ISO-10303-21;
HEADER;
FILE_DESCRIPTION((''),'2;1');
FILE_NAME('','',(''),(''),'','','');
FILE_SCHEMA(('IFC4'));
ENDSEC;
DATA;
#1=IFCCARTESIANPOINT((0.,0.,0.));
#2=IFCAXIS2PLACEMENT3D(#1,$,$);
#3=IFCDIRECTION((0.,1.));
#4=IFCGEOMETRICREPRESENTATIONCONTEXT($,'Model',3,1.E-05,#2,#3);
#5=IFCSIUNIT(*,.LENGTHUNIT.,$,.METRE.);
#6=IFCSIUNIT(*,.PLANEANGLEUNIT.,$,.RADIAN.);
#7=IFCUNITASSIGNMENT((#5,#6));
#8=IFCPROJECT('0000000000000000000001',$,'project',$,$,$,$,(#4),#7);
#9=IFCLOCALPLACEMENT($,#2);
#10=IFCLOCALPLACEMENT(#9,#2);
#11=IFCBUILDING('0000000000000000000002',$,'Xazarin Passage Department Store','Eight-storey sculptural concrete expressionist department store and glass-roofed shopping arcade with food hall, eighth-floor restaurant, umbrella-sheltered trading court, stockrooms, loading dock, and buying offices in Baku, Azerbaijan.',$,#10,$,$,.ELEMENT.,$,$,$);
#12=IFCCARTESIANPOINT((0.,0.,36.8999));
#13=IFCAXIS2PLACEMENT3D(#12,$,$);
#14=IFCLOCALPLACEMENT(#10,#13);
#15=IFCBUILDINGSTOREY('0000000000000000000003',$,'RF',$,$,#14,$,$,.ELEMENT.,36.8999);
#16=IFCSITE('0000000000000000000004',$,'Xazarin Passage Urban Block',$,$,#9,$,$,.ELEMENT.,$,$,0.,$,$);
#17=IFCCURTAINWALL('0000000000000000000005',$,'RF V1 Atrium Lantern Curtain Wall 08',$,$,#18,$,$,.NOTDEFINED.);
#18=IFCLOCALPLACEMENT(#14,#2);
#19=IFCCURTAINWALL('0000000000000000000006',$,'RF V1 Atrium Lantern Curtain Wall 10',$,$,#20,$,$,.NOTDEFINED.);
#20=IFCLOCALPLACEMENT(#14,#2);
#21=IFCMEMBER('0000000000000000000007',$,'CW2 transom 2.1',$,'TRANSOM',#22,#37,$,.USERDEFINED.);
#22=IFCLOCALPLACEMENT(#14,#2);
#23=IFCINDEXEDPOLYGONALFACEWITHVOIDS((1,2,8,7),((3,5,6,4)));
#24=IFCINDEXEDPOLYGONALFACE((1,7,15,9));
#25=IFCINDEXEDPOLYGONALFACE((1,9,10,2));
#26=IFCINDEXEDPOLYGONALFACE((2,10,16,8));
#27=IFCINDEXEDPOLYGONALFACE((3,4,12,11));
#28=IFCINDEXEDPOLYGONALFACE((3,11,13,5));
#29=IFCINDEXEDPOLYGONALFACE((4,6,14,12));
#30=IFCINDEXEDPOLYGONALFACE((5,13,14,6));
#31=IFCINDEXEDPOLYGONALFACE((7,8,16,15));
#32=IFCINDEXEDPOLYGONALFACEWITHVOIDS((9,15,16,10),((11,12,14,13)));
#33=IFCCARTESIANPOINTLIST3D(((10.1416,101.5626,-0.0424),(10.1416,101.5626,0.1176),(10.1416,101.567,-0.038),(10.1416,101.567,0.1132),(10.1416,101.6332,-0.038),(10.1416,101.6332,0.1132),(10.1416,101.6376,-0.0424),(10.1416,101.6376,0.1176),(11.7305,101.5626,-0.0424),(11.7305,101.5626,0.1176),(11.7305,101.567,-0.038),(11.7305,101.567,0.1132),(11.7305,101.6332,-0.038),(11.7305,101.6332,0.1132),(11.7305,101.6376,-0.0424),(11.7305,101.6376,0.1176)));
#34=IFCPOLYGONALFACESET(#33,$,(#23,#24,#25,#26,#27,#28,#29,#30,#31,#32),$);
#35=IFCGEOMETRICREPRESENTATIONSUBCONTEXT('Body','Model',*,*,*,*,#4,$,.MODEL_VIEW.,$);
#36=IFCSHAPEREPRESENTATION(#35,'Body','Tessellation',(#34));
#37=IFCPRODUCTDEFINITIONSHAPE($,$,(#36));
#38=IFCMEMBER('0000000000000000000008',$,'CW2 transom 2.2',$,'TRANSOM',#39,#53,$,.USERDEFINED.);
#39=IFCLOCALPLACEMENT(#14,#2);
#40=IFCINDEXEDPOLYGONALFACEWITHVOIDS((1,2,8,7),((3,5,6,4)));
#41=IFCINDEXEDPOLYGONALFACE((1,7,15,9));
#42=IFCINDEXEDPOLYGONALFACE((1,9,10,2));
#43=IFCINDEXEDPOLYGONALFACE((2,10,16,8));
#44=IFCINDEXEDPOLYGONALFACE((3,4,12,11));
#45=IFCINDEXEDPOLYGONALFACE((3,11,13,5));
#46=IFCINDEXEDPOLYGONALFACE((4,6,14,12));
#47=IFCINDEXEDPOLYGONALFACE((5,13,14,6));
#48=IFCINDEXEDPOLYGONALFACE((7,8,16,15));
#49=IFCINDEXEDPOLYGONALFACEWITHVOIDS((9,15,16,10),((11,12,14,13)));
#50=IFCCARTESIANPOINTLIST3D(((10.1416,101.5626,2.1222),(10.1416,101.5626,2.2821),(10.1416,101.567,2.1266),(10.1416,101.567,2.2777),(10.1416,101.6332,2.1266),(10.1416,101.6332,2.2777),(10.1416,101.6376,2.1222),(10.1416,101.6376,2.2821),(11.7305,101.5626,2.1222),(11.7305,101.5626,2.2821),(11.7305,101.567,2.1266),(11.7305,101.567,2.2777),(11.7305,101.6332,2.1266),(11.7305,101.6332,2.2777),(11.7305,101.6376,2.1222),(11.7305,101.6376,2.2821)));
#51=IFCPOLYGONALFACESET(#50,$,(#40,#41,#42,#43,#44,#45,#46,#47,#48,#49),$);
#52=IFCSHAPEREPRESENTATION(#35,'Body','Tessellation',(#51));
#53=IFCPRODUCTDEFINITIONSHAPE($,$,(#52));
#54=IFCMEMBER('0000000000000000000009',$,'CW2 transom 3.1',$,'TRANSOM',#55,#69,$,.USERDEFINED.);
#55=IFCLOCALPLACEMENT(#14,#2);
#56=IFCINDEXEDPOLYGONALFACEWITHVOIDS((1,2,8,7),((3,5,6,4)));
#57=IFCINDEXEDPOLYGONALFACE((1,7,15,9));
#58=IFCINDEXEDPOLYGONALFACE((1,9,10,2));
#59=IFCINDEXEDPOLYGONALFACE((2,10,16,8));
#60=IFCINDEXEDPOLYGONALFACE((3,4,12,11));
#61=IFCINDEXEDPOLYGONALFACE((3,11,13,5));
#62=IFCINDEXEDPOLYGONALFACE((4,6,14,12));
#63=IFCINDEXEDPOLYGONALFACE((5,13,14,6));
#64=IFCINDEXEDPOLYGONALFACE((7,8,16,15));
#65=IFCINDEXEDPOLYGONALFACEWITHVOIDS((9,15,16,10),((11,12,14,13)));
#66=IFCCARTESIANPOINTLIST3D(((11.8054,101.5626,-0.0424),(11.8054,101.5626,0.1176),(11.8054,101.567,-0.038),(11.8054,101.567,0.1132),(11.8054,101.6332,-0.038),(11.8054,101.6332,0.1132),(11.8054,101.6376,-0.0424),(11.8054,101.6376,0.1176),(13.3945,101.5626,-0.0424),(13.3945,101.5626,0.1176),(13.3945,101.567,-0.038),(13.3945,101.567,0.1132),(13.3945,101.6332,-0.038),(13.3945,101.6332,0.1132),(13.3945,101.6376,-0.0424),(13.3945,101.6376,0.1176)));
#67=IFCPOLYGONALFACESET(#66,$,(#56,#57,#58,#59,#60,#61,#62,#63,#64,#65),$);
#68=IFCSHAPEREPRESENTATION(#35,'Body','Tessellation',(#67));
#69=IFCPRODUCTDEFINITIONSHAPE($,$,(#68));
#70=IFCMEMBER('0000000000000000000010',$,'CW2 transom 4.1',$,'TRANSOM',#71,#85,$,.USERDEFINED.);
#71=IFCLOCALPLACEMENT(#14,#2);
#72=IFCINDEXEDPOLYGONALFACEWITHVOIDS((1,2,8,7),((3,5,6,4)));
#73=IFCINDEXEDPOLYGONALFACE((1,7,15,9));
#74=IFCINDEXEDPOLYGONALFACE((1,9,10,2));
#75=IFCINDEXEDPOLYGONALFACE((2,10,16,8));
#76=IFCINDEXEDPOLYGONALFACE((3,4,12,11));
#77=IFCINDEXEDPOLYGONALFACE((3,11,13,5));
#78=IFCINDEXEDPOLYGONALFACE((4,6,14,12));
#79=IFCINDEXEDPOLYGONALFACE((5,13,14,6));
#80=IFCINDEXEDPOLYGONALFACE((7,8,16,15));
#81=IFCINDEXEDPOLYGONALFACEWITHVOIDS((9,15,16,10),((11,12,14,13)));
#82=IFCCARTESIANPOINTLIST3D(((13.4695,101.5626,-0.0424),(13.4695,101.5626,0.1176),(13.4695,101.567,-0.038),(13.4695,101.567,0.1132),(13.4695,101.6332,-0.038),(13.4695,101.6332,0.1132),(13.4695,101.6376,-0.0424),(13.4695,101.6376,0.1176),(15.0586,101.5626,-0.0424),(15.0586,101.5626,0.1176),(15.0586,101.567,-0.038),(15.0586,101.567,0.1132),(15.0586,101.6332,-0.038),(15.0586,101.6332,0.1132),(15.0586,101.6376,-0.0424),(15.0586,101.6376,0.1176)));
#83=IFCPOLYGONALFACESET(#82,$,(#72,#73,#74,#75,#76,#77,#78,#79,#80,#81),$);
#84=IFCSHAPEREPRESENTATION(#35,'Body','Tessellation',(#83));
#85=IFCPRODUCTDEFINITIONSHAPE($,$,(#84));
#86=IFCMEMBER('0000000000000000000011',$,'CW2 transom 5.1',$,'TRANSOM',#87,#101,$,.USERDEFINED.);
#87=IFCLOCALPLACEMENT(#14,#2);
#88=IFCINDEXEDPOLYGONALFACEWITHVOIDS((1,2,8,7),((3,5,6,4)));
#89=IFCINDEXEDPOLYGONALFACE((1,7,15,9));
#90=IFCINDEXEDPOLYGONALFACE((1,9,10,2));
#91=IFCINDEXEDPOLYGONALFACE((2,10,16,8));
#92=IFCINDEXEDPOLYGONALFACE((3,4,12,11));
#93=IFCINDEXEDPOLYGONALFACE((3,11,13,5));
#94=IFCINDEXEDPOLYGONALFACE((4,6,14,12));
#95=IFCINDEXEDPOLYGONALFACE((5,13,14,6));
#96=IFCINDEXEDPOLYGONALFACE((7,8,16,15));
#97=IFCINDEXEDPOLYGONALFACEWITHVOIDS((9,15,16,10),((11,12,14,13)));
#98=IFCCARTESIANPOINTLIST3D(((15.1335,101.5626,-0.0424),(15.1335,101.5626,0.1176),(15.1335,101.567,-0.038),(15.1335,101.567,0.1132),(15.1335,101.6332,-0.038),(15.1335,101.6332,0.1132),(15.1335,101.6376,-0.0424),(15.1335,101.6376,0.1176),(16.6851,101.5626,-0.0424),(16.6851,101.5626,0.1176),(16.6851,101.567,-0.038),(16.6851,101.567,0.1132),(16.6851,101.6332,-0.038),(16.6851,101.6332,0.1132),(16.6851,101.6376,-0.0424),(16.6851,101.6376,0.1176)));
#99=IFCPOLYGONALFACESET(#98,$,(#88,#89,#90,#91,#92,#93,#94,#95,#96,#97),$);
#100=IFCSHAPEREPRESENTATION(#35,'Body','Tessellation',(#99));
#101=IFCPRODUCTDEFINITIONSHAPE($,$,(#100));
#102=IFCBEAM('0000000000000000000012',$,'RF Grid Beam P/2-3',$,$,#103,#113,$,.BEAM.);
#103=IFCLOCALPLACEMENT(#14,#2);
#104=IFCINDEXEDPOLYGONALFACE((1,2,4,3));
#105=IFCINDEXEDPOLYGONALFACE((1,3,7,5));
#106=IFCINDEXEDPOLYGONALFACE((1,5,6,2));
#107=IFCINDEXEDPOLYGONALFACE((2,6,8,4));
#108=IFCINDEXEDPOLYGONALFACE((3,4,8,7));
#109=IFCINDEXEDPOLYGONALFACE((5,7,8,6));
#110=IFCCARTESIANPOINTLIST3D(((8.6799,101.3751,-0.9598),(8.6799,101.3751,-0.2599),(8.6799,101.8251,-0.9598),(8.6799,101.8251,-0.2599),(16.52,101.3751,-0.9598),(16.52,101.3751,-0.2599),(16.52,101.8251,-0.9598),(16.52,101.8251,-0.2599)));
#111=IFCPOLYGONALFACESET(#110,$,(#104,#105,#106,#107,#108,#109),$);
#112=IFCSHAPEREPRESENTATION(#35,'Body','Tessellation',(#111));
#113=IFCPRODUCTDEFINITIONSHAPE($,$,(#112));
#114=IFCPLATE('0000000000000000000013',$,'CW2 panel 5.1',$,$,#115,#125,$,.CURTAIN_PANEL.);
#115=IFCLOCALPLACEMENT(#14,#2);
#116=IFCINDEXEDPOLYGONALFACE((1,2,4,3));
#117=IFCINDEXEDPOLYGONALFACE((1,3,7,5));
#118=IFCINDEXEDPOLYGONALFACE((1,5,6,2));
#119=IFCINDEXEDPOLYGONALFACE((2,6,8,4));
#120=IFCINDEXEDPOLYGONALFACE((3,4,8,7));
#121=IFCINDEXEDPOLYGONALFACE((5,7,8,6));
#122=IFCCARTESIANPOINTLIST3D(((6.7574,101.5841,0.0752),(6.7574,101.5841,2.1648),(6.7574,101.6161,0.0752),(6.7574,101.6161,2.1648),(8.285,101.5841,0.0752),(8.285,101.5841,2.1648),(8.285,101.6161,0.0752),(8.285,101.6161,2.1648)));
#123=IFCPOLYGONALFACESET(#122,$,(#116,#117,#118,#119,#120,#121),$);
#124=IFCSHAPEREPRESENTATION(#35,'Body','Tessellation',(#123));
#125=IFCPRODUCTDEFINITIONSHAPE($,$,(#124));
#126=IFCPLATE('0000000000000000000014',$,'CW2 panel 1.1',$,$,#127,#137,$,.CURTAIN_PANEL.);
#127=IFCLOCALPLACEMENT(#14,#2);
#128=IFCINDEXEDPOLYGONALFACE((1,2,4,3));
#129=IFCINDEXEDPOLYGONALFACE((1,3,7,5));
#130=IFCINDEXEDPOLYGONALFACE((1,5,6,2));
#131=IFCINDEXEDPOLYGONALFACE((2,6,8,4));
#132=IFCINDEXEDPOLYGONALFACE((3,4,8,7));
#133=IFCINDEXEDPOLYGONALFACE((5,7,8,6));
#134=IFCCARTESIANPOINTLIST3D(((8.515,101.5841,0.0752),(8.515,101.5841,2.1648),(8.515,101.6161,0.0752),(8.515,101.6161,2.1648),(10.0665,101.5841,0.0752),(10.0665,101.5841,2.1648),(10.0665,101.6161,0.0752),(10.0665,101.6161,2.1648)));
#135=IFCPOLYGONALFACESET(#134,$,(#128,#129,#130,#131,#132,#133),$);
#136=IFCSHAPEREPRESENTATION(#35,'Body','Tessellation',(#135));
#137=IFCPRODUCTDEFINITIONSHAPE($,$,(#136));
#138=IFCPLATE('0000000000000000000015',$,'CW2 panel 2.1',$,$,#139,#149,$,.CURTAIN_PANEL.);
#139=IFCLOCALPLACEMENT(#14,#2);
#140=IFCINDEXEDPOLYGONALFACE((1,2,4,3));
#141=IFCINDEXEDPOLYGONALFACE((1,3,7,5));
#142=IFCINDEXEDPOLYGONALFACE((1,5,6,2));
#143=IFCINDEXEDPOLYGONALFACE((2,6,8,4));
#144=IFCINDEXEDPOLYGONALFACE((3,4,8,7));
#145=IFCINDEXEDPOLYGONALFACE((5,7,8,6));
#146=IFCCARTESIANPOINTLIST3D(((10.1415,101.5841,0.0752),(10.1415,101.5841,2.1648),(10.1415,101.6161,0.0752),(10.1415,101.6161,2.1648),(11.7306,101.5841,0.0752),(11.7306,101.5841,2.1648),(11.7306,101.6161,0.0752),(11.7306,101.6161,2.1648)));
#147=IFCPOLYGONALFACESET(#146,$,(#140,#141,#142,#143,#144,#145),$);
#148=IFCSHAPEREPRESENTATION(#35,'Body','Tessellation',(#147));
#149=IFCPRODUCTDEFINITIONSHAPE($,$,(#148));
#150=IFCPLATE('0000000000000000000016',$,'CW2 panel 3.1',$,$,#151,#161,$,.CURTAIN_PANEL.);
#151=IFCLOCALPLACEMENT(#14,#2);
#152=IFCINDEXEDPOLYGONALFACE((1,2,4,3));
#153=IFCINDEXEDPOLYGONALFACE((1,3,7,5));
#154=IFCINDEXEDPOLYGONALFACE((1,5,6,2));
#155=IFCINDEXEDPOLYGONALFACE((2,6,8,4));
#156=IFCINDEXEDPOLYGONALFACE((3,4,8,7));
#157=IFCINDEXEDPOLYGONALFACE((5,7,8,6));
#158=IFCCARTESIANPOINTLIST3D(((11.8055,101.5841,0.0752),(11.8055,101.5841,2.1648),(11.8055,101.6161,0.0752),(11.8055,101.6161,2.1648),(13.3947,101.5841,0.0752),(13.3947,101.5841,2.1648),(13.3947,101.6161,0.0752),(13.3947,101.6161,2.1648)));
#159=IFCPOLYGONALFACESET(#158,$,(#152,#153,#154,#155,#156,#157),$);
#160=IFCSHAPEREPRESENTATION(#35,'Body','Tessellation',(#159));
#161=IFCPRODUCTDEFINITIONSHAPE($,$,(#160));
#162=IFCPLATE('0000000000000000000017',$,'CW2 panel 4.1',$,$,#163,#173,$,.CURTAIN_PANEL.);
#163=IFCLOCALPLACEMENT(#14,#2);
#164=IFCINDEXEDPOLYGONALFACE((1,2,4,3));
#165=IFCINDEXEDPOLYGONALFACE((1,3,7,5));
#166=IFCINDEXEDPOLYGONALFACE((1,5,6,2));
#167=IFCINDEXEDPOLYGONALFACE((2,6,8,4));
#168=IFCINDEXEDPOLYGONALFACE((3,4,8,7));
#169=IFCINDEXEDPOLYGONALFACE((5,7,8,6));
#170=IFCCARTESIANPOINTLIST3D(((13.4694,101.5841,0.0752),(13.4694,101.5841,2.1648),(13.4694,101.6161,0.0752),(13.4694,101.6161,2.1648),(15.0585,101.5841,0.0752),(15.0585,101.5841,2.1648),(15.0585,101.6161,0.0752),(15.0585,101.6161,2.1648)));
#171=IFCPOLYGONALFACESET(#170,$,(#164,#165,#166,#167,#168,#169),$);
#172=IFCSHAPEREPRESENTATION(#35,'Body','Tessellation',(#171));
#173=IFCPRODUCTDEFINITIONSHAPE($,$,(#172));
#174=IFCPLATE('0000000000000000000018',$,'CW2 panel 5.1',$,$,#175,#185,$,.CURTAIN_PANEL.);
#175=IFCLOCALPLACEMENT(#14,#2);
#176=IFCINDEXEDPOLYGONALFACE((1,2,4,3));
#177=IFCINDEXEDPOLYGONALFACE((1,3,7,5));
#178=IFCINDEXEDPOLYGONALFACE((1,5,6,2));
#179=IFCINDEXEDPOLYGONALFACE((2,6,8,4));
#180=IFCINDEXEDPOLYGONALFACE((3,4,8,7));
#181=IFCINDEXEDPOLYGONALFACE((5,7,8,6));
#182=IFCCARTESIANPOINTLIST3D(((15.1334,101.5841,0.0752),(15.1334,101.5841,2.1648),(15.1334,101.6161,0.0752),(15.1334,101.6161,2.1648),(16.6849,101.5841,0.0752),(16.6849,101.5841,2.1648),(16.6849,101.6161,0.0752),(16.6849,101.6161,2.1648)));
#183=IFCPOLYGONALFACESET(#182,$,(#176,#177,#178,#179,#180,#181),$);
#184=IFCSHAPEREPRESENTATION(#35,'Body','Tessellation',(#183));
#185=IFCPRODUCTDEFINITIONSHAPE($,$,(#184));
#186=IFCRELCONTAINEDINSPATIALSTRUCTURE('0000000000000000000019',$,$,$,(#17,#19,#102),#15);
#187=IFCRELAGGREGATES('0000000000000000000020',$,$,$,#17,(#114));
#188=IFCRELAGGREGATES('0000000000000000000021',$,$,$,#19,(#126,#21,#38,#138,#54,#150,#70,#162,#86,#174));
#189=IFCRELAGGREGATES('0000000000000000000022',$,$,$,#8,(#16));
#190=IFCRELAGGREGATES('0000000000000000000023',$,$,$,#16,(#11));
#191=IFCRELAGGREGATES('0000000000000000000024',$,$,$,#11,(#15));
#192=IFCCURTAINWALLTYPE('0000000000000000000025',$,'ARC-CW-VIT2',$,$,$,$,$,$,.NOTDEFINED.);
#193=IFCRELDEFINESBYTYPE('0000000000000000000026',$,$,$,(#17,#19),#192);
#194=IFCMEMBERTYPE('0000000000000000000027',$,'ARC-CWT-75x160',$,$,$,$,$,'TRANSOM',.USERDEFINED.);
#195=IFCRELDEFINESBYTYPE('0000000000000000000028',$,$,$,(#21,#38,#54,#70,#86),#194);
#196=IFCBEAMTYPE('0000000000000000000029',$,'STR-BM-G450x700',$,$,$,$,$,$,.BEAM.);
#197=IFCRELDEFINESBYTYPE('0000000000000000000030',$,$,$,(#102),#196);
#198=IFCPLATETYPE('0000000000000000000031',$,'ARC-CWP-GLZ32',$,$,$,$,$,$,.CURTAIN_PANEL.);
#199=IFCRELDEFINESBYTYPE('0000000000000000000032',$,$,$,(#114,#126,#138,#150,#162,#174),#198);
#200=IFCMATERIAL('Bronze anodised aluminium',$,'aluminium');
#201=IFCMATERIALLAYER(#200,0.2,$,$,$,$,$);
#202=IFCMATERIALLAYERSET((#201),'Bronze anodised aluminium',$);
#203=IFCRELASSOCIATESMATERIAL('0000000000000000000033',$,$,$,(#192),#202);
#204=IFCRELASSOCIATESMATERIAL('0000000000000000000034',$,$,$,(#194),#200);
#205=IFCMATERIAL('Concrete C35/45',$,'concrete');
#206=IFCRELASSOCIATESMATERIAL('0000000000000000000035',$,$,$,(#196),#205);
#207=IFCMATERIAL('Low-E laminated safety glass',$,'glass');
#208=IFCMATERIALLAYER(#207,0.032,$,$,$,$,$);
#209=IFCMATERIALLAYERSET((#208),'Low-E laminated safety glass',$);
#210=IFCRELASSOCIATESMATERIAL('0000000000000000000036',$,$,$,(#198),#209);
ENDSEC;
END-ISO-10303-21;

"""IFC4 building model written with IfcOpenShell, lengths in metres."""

from ifc_helpers import new_model, si_unit, direction, frame, origin, origin_2d, place, context, subcontext, project, spatial, rectangle, hollow_rectangle, extrude, material, layer, layer_set, material_profile, profile_set, type_object, element, aggregate, save


model = new_model("IFC4")

# Units and contexts
model_context = context("Model", 3, precision=1e-05, world=origin(), true_north=direction((0.0, 1.0)))
body_context = subcontext(model_context, "Body", "Model", "MODEL_VIEW")
ifc_project = project(units=[si_unit("LENGTHUNIT", "METRE"), si_unit("PLANEANGLEUNIT", "RADIAN")], contexts=[model_context])

# Site, building, storey
site_placement = place(None, origin())
site = spatial("IfcSite", under=ifc_project, at=site_placement, Name="Xazarin Passage Urban Block", CompositionType="ELEMENT", RefElevation=0.0)
building_placement = place(site_placement, origin())
building = spatial("IfcBuilding", under=site, at=building_placement, Name="Xazarin Passage Department Store", Description="Eight-storey sculptural concrete expressionist department store and glass-roofed shopping arcade with food hall, eighth-floor restaurant, umbrella-sheltered trading court, stockrooms, loading dock, and buying offices in Baku, Azerbaijan.", CompositionType="ELEMENT")
storey_placement = place(building_placement, frame((0.0, 0.0, 36.8999)))
storey = spatial("IfcBuildingStorey", under=building, at=storey_placement, Name="RF", CompositionType="ELEMENT", Elevation=36.8999)

# Curtain walls
ifc_material_1 = material(Name="Bronze anodised aluminium", Category="aluminium")
ifc_layer_1 = layer(ifc_material_1, 0.2)
ifc_layer_set_1 = layer_set([ifc_layer_1], Name="Bronze anodised aluminium")
curtain_wall_type = type_object("IfcCurtainWallType", Name="ARC-CW-VIT2", PredefinedType="NOTDEFINED", material=ifc_layer_set_1)
curtain_wall_1_placement = place(storey_placement, origin())
curtain_wall_1 = element("IfcCurtainWall", 1, at=curtain_wall_1_placement, inside=storey, type_object=curtain_wall_type, Name="RF V1 Atrium Lantern Curtain Wall 08", PredefinedType="NOTDEFINED")
curtain_wall_2_placement = place(storey_placement, origin())
curtain_wall_2 = element("IfcCurtainWall", 2, at=curtain_wall_2_placement, inside=storey, type_object=curtain_wall_type, Name="RF V1 Atrium Lantern Curtain Wall 10", PredefinedType="NOTDEFINED")

# Members
ifc_material_profile_1 = material_profile(ifc_material_1, hollow_rectangle(XDim=0.075, YDim=0.1599, WallThickness=0.0044, at=origin_2d()), Name="ALU 75x160")
ifc_profile_set_1 = profile_set([ifc_material_profile_1], Name="Bronze anodised aluminium")
member_type_1 = type_object("IfcMemberType", Name="ARC-CWT-75x160", ElementType="TRANSOM", PredefinedType="USERDEFINED", material=ifc_profile_set_1)
member_1_placement = place(storey_placement, frame((10.1416, 101.6001, 0.0376), z_axis=(1.0, 0.0, 0.0), x_axis=(0.0, 1.0, 0.0)))
member_1 = element("IfcMember", 3, at=member_1_placement, type_object=member_type_1, Name="CW2 transom 2.1", ObjectType="TRANSOM", PredefinedType="USERDEFINED", context=body_context, shape_type="SweptSolid", body=[
    extrude(hollow_rectangle(XDim=0.075, YDim=0.1599, WallThickness=0.0044, at=origin_2d()), origin(), (0.0, 0.0, 1.0), 1.5889),
])
member_2_placement = place(storey_placement, frame((10.1416, 101.6001, 2.2021), z_axis=(1.0, 0.0, 0.0), x_axis=(0.0, 1.0, 0.0)))
member_2 = element("IfcMember", 4, at=member_2_placement, type_object=member_type_1, Name="CW2 transom 2.2", ObjectType="TRANSOM", PredefinedType="USERDEFINED", context=body_context, shape_type="SweptSolid", body=[
    extrude(hollow_rectangle(XDim=0.075, YDim=0.1599, WallThickness=0.0044, at=origin_2d()), origin(), (0.0, 0.0, 1.0), 1.5889),
])
member_3_placement = place(storey_placement, frame((11.8054, 101.6001, 0.0376), z_axis=(1.0, 0.0, 0.0), x_axis=(0.0, 1.0, 0.0)))
member_3 = element("IfcMember", 5, at=member_3_placement, type_object=member_type_1, Name="CW2 transom 3.1", ObjectType="TRANSOM", PredefinedType="USERDEFINED", context=body_context, shape_type="SweptSolid", body=[
    extrude(hollow_rectangle(XDim=0.075, YDim=0.1599, WallThickness=0.0044, at=origin_2d()), origin(), (0.0, 0.0, 1.0), 1.5891),
])
member_4_placement = place(storey_placement, frame((13.4695, 101.6001, 0.0376), z_axis=(1.0, 0.0, 0.0), x_axis=(0.0, 1.0, 0.0)))
member_4 = element("IfcMember", 6, at=member_4_placement, type_object=member_type_1, Name="CW2 transom 4.1", ObjectType="TRANSOM", PredefinedType="USERDEFINED", context=body_context, shape_type="SweptSolid", body=[
    extrude(hollow_rectangle(XDim=0.075, YDim=0.1599, WallThickness=0.0044, at=origin_2d()), origin(), (0.0, 0.0, 1.0), 1.5891),
])
member_5_placement = place(storey_placement, frame((15.1335, 101.6001, 0.0376), z_axis=(1.0, 0.0, 0.0), x_axis=(0.0, 1.0, 0.0)))
member_5 = element("IfcMember", 7, at=member_5_placement, type_object=member_type_1, Name="CW2 transom 5.1", ObjectType="TRANSOM", PredefinedType="USERDEFINED", context=body_context, shape_type="SweptSolid", body=[
    extrude(hollow_rectangle(XDim=0.075, YDim=0.1599, WallThickness=0.0044, at=origin_2d()), origin(), (0.0, 0.0, 1.0), 1.5515),
])

# Beam
ifc_material_2 = material(Name="Concrete C35/45", Category="concrete")
ifc_material_profile_2 = material_profile(ifc_material_2, rectangle(XDim=0.45, YDim=0.7, at=origin_2d()), Name="RC 450x700")
ifc_profile_set_2 = profile_set([ifc_material_profile_2], Name="Concrete C35/45")
beam_type = type_object("IfcBeamType", Name="STR-BM-G450x700", PredefinedType="BEAM", material=ifc_profile_set_2)
beam_placement = place(storey_placement, frame((8.6799, 101.6001, -0.6099), z_axis=(1.0, 0.0, 0.0), x_axis=(0.0, 1.0, 0.0)))
element("IfcBeam", 8, at=beam_placement, inside=storey, type_object=beam_type, Name="RF Grid Beam P/2-3", PredefinedType="BEAM", context=body_context, shape_type="SweptSolid", body=[
    extrude(rectangle(XDim=0.45, YDim=0.7, at=origin_2d()), origin(), (0.0, 0.0, 1.0), 7.8401),
])

# Plates
ifc_material_3 = material(Name="Low-E laminated safety glass", Category="glass")
ifc_layer_2 = layer(ifc_material_3, 0.032)
ifc_layer_set_2 = layer_set([ifc_layer_2], Name="Low-E laminated safety glass")
plate_type = type_object("IfcPlateType", Name="ARC-CWP-GLZ32", PredefinedType="CURTAIN_PANEL", material=ifc_layer_set_2)
plate_1_placement = place(storey_placement, frame((7.5212, 101.6001, 0.0752), z_axis=(0.0, 0.0, 1.0), x_axis=(1.0, 0.0, 0.0)))
plate_1 = element("IfcPlate", 9, at=plate_1_placement, type_object=plate_type, Name="CW2 panel 5.1", PredefinedType="CURTAIN_PANEL", context=body_context, shape_type="SweptSolid", body=[
    extrude(rectangle(XDim=1.5276, YDim=0.032, at=origin_2d()), origin(), (0.0, 0.0, 1.0), 2.0896),
])
aggregate(curtain_wall_1, [plate_1])
plate_2_placement = place(storey_placement, frame((9.2908, 101.6001, 0.0752), z_axis=(0.0, 0.0, 1.0), x_axis=(1.0, 0.0, 0.0)))
plate_2 = element("IfcPlate", 10, at=plate_2_placement, type_object=plate_type, Name="CW2 panel 1.1", PredefinedType="CURTAIN_PANEL", context=body_context, shape_type="SweptSolid", body=[
    extrude(rectangle(XDim=1.5515, YDim=0.032, at=origin_2d()), origin(), (0.0, 0.0, 1.0), 2.0896),
])
plate_3_placement = place(storey_placement, frame((10.936, 101.6001, 0.0752), z_axis=(0.0, 0.0, 1.0), x_axis=(1.0, 0.0, 0.0)))
plate_3 = element("IfcPlate", 11, at=plate_3_placement, type_object=plate_type, Name="CW2 panel 2.1", PredefinedType="CURTAIN_PANEL", context=body_context, shape_type="SweptSolid", body=[
    extrude(rectangle(XDim=1.5891, YDim=0.032, at=origin_2d()), origin(), (0.0, 0.0, 1.0), 2.0896),
])
plate_4_placement = place(storey_placement, frame((12.6001, 101.6001, 0.0752), z_axis=(0.0, 0.0, 1.0), x_axis=(1.0, 0.0, 0.0)))
plate_4 = element("IfcPlate", 12, at=plate_4_placement, type_object=plate_type, Name="CW2 panel 3.1", PredefinedType="CURTAIN_PANEL", context=body_context, shape_type="SweptSolid", body=[
    extrude(rectangle(XDim=1.5891, YDim=0.032, at=origin_2d()), origin(), (0.0, 0.0, 1.0), 2.0896),
])
plate_5_placement = place(storey_placement, frame((14.2639, 101.6001, 0.0752), z_axis=(0.0, 0.0, 1.0), x_axis=(1.0, 0.0, 0.0)))
plate_5 = element("IfcPlate", 13, at=plate_5_placement, type_object=plate_type, Name="CW2 panel 4.1", PredefinedType="CURTAIN_PANEL", context=body_context, shape_type="SweptSolid", body=[
    extrude(rectangle(XDim=1.5891, YDim=0.032, at=origin_2d()), origin(), (0.0, 0.0, 1.0), 2.0896),
])
plate_6_placement = place(storey_placement, frame((15.9092, 101.6001, 0.0752), z_axis=(0.0, 0.0, 1.0), x_axis=(1.0, 0.0, 0.0)))
plate_6 = element("IfcPlate", 14, at=plate_6_placement, type_object=plate_type, Name="CW2 panel 5.1", PredefinedType="CURTAIN_PANEL", context=body_context, shape_type="SweptSolid", body=[
    extrude(rectangle(XDim=1.5515, YDim=0.032, at=origin_2d()), origin(), (0.0, 0.0, 1.0), 2.0896),
])
aggregate(curtain_wall_2, [plate_2, member_1, member_2, plate_3, member_3, plate_4, member_4, plate_5, member_5, plate_6])

save(model, "model.ifc")
